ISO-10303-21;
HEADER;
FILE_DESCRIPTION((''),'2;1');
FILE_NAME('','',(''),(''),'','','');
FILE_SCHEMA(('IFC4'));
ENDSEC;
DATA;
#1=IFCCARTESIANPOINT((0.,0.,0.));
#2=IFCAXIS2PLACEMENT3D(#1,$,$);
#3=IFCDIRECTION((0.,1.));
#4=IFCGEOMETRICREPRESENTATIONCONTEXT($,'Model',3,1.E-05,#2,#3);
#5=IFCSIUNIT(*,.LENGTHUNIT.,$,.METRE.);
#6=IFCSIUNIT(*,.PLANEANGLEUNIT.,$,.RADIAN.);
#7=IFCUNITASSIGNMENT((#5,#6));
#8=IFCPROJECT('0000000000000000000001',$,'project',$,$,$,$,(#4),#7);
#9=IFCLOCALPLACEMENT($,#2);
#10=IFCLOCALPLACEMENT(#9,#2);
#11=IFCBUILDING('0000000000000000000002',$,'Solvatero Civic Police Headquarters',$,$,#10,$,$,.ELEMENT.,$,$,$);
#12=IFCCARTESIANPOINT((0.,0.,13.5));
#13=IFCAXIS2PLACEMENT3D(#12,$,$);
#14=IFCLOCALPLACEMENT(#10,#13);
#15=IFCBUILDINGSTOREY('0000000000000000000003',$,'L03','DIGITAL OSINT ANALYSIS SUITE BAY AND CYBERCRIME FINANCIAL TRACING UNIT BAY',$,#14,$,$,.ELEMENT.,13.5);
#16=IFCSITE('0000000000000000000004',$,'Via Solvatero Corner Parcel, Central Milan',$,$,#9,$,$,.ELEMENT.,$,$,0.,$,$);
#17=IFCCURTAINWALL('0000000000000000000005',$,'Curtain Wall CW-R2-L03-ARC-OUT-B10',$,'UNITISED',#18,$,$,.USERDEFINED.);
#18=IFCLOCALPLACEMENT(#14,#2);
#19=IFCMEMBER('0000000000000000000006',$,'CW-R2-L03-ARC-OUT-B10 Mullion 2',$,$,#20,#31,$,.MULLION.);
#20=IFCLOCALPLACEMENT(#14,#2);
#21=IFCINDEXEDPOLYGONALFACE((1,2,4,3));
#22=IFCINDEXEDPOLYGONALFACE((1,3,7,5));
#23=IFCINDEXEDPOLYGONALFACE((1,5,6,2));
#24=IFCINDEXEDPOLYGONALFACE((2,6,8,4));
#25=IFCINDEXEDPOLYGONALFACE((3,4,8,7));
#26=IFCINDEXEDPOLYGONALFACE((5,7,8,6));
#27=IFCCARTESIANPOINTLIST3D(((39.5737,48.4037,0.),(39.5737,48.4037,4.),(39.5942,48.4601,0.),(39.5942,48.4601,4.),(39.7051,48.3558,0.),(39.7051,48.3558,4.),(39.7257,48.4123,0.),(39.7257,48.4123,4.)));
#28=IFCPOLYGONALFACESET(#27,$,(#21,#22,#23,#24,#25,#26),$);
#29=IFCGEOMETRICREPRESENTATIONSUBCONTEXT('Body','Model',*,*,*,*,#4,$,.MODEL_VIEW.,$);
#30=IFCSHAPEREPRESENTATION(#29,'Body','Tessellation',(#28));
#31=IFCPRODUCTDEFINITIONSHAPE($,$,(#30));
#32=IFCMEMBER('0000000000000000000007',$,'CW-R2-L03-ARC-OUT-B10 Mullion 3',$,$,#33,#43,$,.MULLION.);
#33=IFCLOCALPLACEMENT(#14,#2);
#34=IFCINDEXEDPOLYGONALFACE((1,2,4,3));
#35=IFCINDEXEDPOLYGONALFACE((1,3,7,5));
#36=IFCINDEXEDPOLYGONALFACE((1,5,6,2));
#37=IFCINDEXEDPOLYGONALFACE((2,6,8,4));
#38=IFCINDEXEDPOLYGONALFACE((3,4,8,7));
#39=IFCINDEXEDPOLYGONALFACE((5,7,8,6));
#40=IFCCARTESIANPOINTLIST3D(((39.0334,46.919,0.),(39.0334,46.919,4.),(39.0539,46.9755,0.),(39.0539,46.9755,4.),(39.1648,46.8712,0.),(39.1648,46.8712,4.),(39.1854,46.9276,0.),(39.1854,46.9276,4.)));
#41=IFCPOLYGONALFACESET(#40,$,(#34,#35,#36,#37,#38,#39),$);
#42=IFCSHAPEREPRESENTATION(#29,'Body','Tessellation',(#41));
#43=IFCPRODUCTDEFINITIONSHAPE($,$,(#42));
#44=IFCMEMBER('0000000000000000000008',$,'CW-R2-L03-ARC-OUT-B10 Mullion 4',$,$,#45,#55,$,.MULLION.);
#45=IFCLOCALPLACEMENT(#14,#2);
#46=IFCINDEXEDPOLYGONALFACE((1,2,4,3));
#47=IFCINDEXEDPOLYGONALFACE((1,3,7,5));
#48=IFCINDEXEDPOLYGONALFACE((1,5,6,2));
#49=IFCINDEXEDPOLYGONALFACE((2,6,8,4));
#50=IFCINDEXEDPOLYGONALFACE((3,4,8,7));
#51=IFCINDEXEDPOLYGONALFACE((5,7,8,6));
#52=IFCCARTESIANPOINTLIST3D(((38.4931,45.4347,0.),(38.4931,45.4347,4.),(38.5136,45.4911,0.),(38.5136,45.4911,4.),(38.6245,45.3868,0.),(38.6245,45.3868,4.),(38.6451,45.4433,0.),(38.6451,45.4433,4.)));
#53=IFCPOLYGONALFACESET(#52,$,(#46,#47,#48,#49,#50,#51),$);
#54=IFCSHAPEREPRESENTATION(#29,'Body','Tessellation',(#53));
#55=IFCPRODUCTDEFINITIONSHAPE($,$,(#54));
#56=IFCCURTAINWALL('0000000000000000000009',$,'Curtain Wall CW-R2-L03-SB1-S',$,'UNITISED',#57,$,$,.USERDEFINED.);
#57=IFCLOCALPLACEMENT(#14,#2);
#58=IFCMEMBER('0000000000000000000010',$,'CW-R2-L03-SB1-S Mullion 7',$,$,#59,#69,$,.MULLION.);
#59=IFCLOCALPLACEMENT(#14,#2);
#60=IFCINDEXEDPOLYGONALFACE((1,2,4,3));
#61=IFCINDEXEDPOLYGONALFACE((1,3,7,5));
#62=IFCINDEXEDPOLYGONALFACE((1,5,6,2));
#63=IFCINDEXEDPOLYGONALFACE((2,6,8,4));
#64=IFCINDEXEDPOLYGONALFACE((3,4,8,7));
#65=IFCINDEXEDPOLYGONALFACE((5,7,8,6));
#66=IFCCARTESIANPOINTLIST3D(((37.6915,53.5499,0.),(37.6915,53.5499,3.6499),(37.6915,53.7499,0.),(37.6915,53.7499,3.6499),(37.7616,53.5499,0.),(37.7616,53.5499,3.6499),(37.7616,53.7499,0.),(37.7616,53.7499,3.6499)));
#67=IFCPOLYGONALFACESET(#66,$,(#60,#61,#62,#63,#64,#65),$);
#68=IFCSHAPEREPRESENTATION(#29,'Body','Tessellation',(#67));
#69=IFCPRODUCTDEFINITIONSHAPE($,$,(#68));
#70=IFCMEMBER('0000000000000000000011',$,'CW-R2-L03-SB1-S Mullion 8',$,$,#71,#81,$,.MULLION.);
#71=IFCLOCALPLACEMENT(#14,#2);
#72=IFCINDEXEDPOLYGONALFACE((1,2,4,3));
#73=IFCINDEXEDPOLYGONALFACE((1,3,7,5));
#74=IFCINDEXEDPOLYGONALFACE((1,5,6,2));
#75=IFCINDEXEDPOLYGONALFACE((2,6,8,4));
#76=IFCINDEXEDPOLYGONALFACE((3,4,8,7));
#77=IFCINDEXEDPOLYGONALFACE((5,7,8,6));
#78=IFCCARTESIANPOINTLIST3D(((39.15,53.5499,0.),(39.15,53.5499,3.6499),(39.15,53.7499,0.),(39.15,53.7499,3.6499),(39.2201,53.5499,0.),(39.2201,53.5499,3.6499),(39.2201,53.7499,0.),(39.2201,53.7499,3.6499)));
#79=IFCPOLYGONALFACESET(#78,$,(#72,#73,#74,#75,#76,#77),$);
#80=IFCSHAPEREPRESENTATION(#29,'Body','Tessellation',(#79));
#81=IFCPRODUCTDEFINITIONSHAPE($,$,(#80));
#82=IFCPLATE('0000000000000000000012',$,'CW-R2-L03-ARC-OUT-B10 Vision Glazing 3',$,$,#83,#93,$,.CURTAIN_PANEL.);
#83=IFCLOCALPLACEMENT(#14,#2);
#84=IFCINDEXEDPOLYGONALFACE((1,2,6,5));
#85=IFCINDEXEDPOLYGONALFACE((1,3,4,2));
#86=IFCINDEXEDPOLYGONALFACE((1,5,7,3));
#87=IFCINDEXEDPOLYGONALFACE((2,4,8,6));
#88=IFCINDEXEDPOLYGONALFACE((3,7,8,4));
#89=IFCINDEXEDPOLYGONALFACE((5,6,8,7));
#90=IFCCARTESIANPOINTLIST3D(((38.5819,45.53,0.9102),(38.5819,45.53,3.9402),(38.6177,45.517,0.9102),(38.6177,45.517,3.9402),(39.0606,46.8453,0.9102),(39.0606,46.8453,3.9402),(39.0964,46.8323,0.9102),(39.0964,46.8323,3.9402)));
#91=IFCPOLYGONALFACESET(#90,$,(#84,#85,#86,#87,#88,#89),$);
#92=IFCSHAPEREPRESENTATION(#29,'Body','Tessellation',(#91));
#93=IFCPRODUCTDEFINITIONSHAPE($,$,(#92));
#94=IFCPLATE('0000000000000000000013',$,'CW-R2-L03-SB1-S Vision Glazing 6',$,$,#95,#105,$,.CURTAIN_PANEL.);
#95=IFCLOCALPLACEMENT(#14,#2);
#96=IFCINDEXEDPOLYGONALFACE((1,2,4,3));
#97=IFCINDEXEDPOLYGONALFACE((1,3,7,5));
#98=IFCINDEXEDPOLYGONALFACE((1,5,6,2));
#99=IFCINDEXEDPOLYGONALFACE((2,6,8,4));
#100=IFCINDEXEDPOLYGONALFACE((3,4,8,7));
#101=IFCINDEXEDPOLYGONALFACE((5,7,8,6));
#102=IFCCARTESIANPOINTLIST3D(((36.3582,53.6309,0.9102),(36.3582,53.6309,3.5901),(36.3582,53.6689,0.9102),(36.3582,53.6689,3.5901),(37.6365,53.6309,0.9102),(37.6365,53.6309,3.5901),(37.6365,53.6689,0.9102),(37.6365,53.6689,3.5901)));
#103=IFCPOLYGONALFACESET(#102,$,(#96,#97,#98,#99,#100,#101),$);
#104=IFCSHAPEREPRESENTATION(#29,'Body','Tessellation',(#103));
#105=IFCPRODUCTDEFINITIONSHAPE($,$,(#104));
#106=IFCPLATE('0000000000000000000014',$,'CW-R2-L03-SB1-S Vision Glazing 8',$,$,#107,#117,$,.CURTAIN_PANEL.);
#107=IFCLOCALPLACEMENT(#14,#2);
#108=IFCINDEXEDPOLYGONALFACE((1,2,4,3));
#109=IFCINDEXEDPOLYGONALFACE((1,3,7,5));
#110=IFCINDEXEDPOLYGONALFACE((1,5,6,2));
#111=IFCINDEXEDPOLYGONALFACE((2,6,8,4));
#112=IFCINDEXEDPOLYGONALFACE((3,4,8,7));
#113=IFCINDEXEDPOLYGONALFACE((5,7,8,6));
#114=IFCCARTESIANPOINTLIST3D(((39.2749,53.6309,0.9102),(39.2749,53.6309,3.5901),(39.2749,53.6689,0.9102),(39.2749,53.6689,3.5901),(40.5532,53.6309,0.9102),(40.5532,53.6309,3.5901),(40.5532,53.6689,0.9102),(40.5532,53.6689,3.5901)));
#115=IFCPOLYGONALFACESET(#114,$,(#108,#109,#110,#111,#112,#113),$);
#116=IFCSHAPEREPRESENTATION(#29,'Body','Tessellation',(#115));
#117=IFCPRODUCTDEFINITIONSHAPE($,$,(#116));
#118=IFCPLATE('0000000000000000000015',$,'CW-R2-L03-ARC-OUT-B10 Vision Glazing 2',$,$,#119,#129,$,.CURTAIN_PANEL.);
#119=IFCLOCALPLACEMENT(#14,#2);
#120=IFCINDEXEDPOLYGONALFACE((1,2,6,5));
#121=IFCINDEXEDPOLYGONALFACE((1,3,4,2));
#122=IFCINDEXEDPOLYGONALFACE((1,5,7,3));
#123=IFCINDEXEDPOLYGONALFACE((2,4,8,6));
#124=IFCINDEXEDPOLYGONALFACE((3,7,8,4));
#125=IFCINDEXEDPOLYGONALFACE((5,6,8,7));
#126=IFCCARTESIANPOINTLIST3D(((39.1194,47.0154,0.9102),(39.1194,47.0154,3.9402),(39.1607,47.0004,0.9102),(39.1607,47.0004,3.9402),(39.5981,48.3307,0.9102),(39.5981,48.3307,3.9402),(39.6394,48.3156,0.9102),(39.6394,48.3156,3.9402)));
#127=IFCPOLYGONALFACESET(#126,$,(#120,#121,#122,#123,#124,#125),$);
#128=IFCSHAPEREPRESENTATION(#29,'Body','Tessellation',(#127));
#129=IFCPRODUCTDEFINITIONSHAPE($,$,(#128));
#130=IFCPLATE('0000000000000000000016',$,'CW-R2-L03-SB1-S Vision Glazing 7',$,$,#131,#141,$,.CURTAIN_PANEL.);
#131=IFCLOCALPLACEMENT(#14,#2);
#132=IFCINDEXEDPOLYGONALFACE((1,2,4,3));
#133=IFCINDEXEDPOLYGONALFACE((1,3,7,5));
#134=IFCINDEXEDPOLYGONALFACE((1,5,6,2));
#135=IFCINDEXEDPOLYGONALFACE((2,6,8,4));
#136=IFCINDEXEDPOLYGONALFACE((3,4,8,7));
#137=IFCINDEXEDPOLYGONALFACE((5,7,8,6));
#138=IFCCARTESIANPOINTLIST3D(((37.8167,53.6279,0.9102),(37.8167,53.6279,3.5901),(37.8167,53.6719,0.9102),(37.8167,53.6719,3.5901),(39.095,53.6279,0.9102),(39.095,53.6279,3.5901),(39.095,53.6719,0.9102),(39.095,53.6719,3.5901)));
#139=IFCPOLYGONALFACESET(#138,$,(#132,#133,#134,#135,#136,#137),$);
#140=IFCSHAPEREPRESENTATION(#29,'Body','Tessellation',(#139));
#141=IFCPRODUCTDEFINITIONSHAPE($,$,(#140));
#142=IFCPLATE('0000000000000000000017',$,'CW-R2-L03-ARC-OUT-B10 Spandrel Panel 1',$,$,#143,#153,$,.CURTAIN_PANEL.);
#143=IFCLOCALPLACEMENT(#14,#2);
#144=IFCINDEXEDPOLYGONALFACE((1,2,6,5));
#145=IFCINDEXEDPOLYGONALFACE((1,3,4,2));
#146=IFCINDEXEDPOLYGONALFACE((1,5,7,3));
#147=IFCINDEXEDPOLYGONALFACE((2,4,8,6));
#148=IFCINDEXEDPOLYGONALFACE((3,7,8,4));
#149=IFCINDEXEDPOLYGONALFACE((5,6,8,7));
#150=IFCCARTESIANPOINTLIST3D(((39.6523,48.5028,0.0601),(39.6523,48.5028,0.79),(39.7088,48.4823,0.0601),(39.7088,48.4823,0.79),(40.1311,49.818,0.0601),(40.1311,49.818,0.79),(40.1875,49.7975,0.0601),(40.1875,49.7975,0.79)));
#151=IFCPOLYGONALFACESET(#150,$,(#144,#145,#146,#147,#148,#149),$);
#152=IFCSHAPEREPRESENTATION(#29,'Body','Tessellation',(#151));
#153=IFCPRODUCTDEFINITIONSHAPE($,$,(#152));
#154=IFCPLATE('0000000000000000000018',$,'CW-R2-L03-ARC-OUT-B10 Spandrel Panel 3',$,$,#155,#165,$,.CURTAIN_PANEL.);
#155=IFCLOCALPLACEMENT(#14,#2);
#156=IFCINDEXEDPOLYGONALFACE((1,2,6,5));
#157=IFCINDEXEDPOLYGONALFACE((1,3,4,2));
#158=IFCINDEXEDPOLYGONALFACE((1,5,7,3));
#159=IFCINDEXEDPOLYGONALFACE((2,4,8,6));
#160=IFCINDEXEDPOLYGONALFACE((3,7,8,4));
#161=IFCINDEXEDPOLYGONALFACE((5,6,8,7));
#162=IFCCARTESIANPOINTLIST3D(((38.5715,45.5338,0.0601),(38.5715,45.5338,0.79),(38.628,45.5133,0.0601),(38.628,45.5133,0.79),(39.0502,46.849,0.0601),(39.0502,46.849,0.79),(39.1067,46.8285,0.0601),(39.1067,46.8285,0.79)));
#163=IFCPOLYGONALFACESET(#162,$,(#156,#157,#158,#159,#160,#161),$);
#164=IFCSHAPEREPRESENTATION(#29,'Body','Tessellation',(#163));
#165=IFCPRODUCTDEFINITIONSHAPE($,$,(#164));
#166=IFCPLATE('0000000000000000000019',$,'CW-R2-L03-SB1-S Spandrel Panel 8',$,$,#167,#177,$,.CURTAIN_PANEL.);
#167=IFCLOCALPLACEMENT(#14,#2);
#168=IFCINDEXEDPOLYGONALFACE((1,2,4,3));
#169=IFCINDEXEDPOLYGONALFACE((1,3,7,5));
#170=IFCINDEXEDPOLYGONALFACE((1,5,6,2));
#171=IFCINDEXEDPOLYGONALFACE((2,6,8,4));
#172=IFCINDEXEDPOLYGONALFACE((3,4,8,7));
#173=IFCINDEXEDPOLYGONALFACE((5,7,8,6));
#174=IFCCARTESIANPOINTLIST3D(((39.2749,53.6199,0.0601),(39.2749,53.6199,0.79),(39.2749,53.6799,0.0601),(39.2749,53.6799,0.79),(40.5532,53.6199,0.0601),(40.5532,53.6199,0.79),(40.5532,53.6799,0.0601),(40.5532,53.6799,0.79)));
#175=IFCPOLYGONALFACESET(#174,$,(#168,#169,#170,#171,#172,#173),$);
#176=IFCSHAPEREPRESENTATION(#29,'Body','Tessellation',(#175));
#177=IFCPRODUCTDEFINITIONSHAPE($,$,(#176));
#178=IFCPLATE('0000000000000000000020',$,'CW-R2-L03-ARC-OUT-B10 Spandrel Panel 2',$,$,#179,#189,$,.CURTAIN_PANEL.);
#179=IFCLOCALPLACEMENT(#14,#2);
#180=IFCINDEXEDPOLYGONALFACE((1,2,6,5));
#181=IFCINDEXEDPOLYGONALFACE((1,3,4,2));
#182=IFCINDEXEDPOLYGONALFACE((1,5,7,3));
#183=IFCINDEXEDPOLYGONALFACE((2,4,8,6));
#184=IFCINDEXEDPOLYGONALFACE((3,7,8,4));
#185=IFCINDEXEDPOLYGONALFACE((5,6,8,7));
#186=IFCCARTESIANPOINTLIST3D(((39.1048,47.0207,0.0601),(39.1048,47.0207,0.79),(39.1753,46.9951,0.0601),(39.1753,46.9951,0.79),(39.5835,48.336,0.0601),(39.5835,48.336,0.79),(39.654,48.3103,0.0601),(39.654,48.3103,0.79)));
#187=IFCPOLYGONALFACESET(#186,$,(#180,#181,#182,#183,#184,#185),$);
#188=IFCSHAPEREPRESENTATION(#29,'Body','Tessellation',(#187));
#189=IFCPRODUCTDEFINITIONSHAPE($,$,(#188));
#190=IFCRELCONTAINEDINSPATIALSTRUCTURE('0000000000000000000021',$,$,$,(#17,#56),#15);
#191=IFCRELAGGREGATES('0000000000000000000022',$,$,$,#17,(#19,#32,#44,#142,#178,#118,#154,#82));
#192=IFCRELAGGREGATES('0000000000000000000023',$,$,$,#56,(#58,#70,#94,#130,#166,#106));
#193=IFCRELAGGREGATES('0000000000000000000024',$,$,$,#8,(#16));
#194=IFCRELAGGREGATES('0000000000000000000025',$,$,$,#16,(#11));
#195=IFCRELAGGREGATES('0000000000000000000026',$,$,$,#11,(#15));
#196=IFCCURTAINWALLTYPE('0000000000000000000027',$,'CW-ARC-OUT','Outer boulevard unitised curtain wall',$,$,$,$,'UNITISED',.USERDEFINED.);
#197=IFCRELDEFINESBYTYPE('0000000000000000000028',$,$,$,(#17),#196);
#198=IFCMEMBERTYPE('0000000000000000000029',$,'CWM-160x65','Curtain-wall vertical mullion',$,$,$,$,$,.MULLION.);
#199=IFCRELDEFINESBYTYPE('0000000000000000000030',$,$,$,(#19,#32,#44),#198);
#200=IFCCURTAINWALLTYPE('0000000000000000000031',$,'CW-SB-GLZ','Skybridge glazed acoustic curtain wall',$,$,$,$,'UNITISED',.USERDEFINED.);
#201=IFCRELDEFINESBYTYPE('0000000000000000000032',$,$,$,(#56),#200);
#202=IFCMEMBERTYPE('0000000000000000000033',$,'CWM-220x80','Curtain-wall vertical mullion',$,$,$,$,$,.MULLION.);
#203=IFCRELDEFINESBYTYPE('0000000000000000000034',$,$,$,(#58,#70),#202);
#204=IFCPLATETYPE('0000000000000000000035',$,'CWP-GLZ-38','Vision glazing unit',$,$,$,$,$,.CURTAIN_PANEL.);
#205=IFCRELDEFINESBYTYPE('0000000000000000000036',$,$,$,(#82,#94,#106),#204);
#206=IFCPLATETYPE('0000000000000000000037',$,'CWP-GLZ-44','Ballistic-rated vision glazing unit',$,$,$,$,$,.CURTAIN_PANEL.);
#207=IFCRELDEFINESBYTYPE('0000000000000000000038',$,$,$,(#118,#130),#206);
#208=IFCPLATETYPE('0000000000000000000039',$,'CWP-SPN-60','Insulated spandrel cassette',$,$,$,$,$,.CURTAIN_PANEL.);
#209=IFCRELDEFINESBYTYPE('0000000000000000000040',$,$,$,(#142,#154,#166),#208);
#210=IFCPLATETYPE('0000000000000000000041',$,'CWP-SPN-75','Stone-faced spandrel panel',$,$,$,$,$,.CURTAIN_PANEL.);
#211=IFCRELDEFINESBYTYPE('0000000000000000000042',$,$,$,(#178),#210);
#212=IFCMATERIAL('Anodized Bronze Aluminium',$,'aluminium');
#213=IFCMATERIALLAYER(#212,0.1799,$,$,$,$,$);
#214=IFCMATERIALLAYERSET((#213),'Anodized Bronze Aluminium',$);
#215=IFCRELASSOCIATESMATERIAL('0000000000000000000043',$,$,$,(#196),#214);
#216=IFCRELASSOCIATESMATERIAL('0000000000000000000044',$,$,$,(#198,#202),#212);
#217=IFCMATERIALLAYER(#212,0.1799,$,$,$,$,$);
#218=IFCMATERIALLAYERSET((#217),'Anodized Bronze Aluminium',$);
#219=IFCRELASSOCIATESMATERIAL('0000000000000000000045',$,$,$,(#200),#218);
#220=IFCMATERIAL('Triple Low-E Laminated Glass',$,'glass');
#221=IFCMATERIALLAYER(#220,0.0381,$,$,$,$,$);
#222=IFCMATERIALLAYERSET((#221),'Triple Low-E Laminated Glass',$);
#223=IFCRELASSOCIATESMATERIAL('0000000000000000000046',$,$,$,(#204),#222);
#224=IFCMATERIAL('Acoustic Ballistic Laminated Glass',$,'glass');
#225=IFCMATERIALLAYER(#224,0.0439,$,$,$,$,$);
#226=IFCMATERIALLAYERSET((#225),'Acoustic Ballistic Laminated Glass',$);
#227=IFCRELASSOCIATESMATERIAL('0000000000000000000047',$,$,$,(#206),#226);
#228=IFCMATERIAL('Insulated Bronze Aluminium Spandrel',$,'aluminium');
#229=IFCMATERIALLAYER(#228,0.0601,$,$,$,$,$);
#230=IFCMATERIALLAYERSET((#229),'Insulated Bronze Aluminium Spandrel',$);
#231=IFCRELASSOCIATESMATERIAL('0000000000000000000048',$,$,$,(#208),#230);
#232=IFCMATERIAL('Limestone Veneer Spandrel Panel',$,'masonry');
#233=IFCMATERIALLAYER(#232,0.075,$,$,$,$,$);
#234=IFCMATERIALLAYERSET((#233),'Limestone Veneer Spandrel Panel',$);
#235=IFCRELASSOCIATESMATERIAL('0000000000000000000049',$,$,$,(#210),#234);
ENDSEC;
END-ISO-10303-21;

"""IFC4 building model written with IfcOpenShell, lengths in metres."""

from ifc_helpers import new_model, si_unit, direction, frame, origin, origin_2d, place, context, subcontext, project, spatial, rectangle, extrude, material, layer, layer_set, material_profile, profile_set, type_object, element, aggregate, save


model = new_model("IFC4")

# Units and contexts
model_context = context("Model", 3, precision=1e-05, world=origin(), true_north=direction((0.0, 1.0)))
body_context = subcontext(model_context, "Body", "Model", "MODEL_VIEW")
ifc_project = project(units=[si_unit("LENGTHUNIT", "METRE"), si_unit("PLANEANGLEUNIT", "RADIAN")], contexts=[model_context])

# Site, building, storey
site_placement = place(None, origin())
site = spatial("IfcSite", under=ifc_project, at=site_placement, Name="Via Solvatero Corner Parcel, Central Milan", CompositionType="ELEMENT", RefElevation=0.0)
building_placement = place(site_placement, origin())
building = spatial("IfcBuilding", under=site, at=building_placement, Name="Solvatero Civic Police Headquarters", CompositionType="ELEMENT")
storey_placement = place(building_placement, frame((0.0, 0.0, 13.5)))
storey = spatial("IfcBuildingStorey", under=building, at=storey_placement, Name="L03", Description="DIGITAL OSINT ANALYSIS SUITE BAY AND CYBERCRIME FINANCIAL TRACING UNIT BAY", CompositionType="ELEMENT", Elevation=13.5)

# Curtain walls, members
ifc_material_1 = material(Name="Anodized Bronze Aluminium", Category="aluminium")
ifc_layer_1 = layer(ifc_material_1, 0.1799)
ifc_layer_set_1 = layer_set([ifc_layer_1], Name="Anodized Bronze Aluminium")
curtain_wall_type_1 = type_object("IfcCurtainWallType", Name="CW-ARC-OUT", Description="Outer boulevard unitised curtain wall", ElementType="UNITISED", PredefinedType="USERDEFINED", material=ifc_layer_set_1)
curtain_wall_1_placement = place(storey_placement, origin())
curtain_wall_1 = element("IfcCurtainWall", 1, at=curtain_wall_1_placement, inside=storey, type_object=curtain_wall_type_1, Name="Curtain Wall CW-R2-L03-ARC-OUT-B10", ObjectType="UNITISED", PredefinedType="USERDEFINED")
ifc_material_profile_1 = material_profile(ifc_material_1, rectangle(XDim=0.0601, YDim=0.1399, at=origin_2d()), Name="ALU MULLION 60x140")
ifc_profile_set_1 = profile_set([ifc_material_profile_1], Name="Anodized Bronze Aluminium")
member_type_1 = type_object("IfcMemberType", Name="CWM-160x65", Description="Curtain-wall vertical mullion", PredefinedType="MULLION", material=ifc_profile_set_1)
member_1_placement = place(storey_placement, frame((39.6497, 48.408, 0.0), z_axis=(0.0, 0.0, 1.0), x_axis=(-0.34202, -0.939693, 0.0)))
member_1 = element("IfcMember", 2, at=member_1_placement, type_object=member_type_1, Name="CW-R2-L03-ARC-OUT-B10 Mullion 2", PredefinedType="MULLION", context=body_context, shape_type="SweptSolid", body=[
    extrude(rectangle(XDim=0.0601, YDim=0.1399, at=origin_2d()), origin(), (0.0, 0.0, 1.0), 4.0),
])
member_2_placement = place(storey_placement, frame((39.1094, 46.9233, 0.0), z_axis=(0.0, 0.0, 1.0), x_axis=(-0.34202, -0.939693, 0.0)))
member_2 = element("IfcMember", 3, at=member_2_placement, type_object=member_type_1, Name="CW-R2-L03-ARC-OUT-B10 Mullion 3", PredefinedType="MULLION", context=body_context, shape_type="SweptSolid", body=[
    extrude(rectangle(XDim=0.0601, YDim=0.1399, at=origin_2d()), origin(), (0.0, 0.0, 1.0), 4.0),
])
member_3_placement = place(storey_placement, frame((38.5691, 45.439, 0.0), z_axis=(0.0, 0.0, 1.0), x_axis=(-0.34202, -0.939693, 0.0)))
member_3 = element("IfcMember", 4, at=member_3_placement, type_object=member_type_1, Name="CW-R2-L03-ARC-OUT-B10 Mullion 4", PredefinedType="MULLION", context=body_context, shape_type="SweptSolid", body=[
    extrude(rectangle(XDim=0.0601, YDim=0.1399, at=origin_2d()), origin(), (0.0, 0.0, 1.0), 4.0),
])
ifc_layer_2 = layer(ifc_material_1, 0.1799)
ifc_layer_set_2 = layer_set([ifc_layer_2], Name="Anodized Bronze Aluminium")
curtain_wall_type_2 = type_object("IfcCurtainWallType", Name="CW-SB-GLZ", Description="Skybridge glazed acoustic curtain wall", ElementType="UNITISED", PredefinedType="USERDEFINED", material=ifc_layer_set_2)
curtain_wall_2_placement = place(storey_placement, origin())
curtain_wall_2 = element("IfcCurtainWall", 5, at=curtain_wall_2_placement, inside=storey, type_object=curtain_wall_type_2, Name="Curtain Wall CW-R2-L03-SB1-S", ObjectType="UNITISED", PredefinedType="USERDEFINED")
ifc_material_profile_2 = material_profile(ifc_material_1, rectangle(XDim=0.0701, YDim=0.2, at=origin_2d()), Name="ALU MULLION 70x200")
ifc_profile_set_2 = profile_set([ifc_material_profile_2], Name="Anodized Bronze Aluminium")
member_type_2 = type_object("IfcMemberType", Name="CWM-220x80", Description="Curtain-wall vertical mullion", PredefinedType="MULLION", material=ifc_profile_set_2)
member_4_placement = place(storey_placement, frame((37.7266, 53.6499, 0.0), z_axis=(0.0, 0.0, 1.0), x_axis=(1.0, 0.0, 0.0)))
member_4 = element("IfcMember", 6, at=member_4_placement, type_object=member_type_2, Name="CW-R2-L03-SB1-S Mullion 7", PredefinedType="MULLION", context=body_context, shape_type="SweptSolid", body=[
    extrude(rectangle(XDim=0.0701, YDim=0.2, at=origin_2d()), origin(), (0.0, 0.0, 1.0), 3.6499),
])
member_5_placement = place(storey_placement, frame((39.1851, 53.6499, 0.0), z_axis=(0.0, 0.0, 1.0), x_axis=(1.0, 0.0, 0.0)))
member_5 = element("IfcMember", 7, at=member_5_placement, type_object=member_type_2, Name="CW-R2-L03-SB1-S Mullion 8", PredefinedType="MULLION", context=body_context, shape_type="SweptSolid", body=[
    extrude(rectangle(XDim=0.0701, YDim=0.2, at=origin_2d()), origin(), (0.0, 0.0, 1.0), 3.6499),
])

# Plates
ifc_material_2 = material(Name="Triple Low-E Laminated Glass", Category="glass")
ifc_layer_3 = layer(ifc_material_2, 0.0381)
ifc_layer_set_3 = layer_set([ifc_layer_3], Name="Triple Low-E Laminated Glass")
plate_type_1 = type_object("IfcPlateType", Name="CWP-GLZ-38", Description="Vision glazing unit", PredefinedType="CURTAIN_PANEL", material=ifc_layer_set_3)
plate_1_placement = place(storey_placement, frame((38.8391, 46.1812, 0.9102), z_axis=(0.0, 0.0, 1.0), x_axis=(-0.34202, -0.939693, 0.0)))
plate_1 = element("IfcPlate", 8, at=plate_1_placement, type_object=plate_type_1, Name="CW-R2-L03-ARC-OUT-B10 Vision Glazing 3", PredefinedType="CURTAIN_PANEL", context=body_context, shape_type="SweptSolid", body=[
    extrude(rectangle(XDim=1.3997, YDim=0.0381, at=origin_2d()), origin(), (0.0, 0.0, 1.0), 3.03),
])
plate_2_placement = place(storey_placement, frame((36.9973, 53.6499, 0.9102), z_axis=(0.0, 0.0, 1.0), x_axis=(1.0, 0.0, 0.0)))
plate_2 = element("IfcPlate", 9, at=plate_2_placement, type_object=plate_type_1, Name="CW-R2-L03-SB1-S Vision Glazing 6", PredefinedType="CURTAIN_PANEL", context=body_context, shape_type="SweptSolid", body=[
    extrude(rectangle(XDim=1.2783, YDim=0.0381, at=origin_2d()), origin(), (0.0, 0.0, 1.0), 2.6799),
])
plate_3_placement = place(storey_placement, frame((39.9141, 53.6499, 0.9102), z_axis=(0.0, 0.0, 1.0), x_axis=(1.0, 0.0, 0.0)))
plate_3 = element("IfcPlate", 10, at=plate_3_placement, type_object=plate_type_1, Name="CW-R2-L03-SB1-S Vision Glazing 8", PredefinedType="CURTAIN_PANEL", context=body_context, shape_type="SweptSolid", body=[
    extrude(rectangle(XDim=1.2783, YDim=0.0381, at=origin_2d()), origin(), (0.0, 0.0, 1.0), 2.6799),
])
ifc_material_3 = material(Name="Acoustic Ballistic Laminated Glass", Category="glass")
ifc_layer_4 = layer(ifc_material_3, 0.0439)
ifc_layer_set_4 = layer_set([ifc_layer_4], Name="Acoustic Ballistic Laminated Glass")
plate_type_2 = type_object("IfcPlateType", Name="CWP-GLZ-44", Description="Ballistic-rated vision glazing unit", PredefinedType="CURTAIN_PANEL", material=ifc_layer_set_4)
plate_4_placement = place(storey_placement, frame((39.3794, 47.6655, 0.9102), z_axis=(0.0, 0.0, 1.0), x_axis=(-0.34202, -0.939693, 0.0)))
plate_4 = element("IfcPlate", 11, at=plate_4_placement, type_object=plate_type_2, Name="CW-R2-L03-ARC-OUT-B10 Vision Glazing 2", PredefinedType="CURTAIN_PANEL", context=body_context, shape_type="SweptSolid", body=[
    extrude(rectangle(XDim=1.3997, YDim=0.0439, at=origin_2d()), origin(), (0.0, 0.0, 1.0), 3.03),
])
plate_5_placement = place(storey_placement, frame((38.4558, 53.6499, 0.9102), z_axis=(0.0, 0.0, 1.0), x_axis=(1.0, 0.0, 0.0)))
plate_5 = element("IfcPlate", 12, at=plate_5_placement, type_object=plate_type_2, Name="CW-R2-L03-SB1-S Vision Glazing 7", PredefinedType="CURTAIN_PANEL", context=body_context, shape_type="SweptSolid", body=[
    extrude(rectangle(XDim=1.2783, YDim=0.0439, at=origin_2d()), origin(), (0.0, 0.0, 1.0), 2.6799),
])
ifc_material_4 = material(Name="Insulated Bronze Aluminium Spandrel", Category="aluminium")
ifc_layer_5 = layer(ifc_material_4, 0.0601)
ifc_layer_set_5 = layer_set([ifc_layer_5], Name="Insulated Bronze Aluminium Spandrel")
plate_type_3 = type_object("IfcPlateType", Name="CWP-SPN-60", Description="Insulated spandrel cassette", PredefinedType="CURTAIN_PANEL", material=ifc_layer_set_5)
plate_6_placement = place(storey_placement, frame((39.9199, 49.1501, 0.0601), z_axis=(0.0, 0.0, 1.0), x_axis=(-0.34202, -0.939693, 0.0)))
plate_6 = element("IfcPlate", 13, at=plate_6_placement, type_object=plate_type_3, Name="CW-R2-L03-ARC-OUT-B10 Spandrel Panel 1", PredefinedType="CURTAIN_PANEL", context=body_context, shape_type="SweptSolid", body=[
    extrude(rectangle(XDim=1.3997, YDim=0.0601, at=origin_2d()), origin(), (0.0, 0.0, 1.0), 0.73),
])
plate_7_placement = place(storey_placement, frame((38.8391, 46.1812, 0.0601), z_axis=(0.0, 0.0, 1.0), x_axis=(-0.34202, -0.939693, 0.0)))
plate_7 = element("IfcPlate", 14, at=plate_7_placement, type_object=plate_type_3, Name="CW-R2-L03-ARC-OUT-B10 Spandrel Panel 3", PredefinedType="CURTAIN_PANEL", context=body_context, shape_type="SweptSolid", body=[
    extrude(rectangle(XDim=1.3997, YDim=0.0601, at=origin_2d()), origin(), (0.0, 0.0, 1.0), 0.73),
])
plate_8_placement = place(storey_placement, frame((39.9141, 53.6499, 0.0601), z_axis=(0.0, 0.0, 1.0), x_axis=(1.0, 0.0, 0.0)))
plate_8 = element("IfcPlate", 15, at=plate_8_placement, type_object=plate_type_3, Name="CW-R2-L03-SB1-S Spandrel Panel 8", PredefinedType="CURTAIN_PANEL", context=body_context, shape_type="SweptSolid", body=[
    extrude(rectangle(XDim=1.2783, YDim=0.0601, at=origin_2d()), origin(), (0.0, 0.0, 1.0), 0.73),
])
ifc_material_5 = material(Name="Limestone Veneer Spandrel Panel", Category="masonry")
ifc_layer_6 = layer(ifc_material_5, 0.075)
ifc_layer_set_6 = layer_set([ifc_layer_6], Name="Limestone Veneer Spandrel Panel")
plate_type_4 = type_object("IfcPlateType", Name="CWP-SPN-75", Description="Stone-faced spandrel panel", PredefinedType="CURTAIN_PANEL", material=ifc_layer_set_6)
plate_9_placement = place(storey_placement, frame((39.3794, 47.6655, 0.0601), z_axis=(0.0, 0.0, 1.0), x_axis=(-0.34202, -0.939693, 0.0)))
plate_9 = element("IfcPlate", 16, at=plate_9_placement, type_object=plate_type_4, Name="CW-R2-L03-ARC-OUT-B10 Spandrel Panel 2", PredefinedType="CURTAIN_PANEL", context=body_context, shape_type="SweptSolid", body=[
    extrude(rectangle(XDim=1.3997, YDim=0.075, at=origin_2d()), origin(), (0.0, 0.0, 1.0), 0.73),
])
aggregate(curtain_wall_1, [member_1, member_2, member_3, plate_6, plate_9, plate_4, plate_7, plate_1])
aggregate(curtain_wall_2, [member_4, member_5, plate_2, plate_5, plate_8, plate_3])

save(model, "model.ifc")
